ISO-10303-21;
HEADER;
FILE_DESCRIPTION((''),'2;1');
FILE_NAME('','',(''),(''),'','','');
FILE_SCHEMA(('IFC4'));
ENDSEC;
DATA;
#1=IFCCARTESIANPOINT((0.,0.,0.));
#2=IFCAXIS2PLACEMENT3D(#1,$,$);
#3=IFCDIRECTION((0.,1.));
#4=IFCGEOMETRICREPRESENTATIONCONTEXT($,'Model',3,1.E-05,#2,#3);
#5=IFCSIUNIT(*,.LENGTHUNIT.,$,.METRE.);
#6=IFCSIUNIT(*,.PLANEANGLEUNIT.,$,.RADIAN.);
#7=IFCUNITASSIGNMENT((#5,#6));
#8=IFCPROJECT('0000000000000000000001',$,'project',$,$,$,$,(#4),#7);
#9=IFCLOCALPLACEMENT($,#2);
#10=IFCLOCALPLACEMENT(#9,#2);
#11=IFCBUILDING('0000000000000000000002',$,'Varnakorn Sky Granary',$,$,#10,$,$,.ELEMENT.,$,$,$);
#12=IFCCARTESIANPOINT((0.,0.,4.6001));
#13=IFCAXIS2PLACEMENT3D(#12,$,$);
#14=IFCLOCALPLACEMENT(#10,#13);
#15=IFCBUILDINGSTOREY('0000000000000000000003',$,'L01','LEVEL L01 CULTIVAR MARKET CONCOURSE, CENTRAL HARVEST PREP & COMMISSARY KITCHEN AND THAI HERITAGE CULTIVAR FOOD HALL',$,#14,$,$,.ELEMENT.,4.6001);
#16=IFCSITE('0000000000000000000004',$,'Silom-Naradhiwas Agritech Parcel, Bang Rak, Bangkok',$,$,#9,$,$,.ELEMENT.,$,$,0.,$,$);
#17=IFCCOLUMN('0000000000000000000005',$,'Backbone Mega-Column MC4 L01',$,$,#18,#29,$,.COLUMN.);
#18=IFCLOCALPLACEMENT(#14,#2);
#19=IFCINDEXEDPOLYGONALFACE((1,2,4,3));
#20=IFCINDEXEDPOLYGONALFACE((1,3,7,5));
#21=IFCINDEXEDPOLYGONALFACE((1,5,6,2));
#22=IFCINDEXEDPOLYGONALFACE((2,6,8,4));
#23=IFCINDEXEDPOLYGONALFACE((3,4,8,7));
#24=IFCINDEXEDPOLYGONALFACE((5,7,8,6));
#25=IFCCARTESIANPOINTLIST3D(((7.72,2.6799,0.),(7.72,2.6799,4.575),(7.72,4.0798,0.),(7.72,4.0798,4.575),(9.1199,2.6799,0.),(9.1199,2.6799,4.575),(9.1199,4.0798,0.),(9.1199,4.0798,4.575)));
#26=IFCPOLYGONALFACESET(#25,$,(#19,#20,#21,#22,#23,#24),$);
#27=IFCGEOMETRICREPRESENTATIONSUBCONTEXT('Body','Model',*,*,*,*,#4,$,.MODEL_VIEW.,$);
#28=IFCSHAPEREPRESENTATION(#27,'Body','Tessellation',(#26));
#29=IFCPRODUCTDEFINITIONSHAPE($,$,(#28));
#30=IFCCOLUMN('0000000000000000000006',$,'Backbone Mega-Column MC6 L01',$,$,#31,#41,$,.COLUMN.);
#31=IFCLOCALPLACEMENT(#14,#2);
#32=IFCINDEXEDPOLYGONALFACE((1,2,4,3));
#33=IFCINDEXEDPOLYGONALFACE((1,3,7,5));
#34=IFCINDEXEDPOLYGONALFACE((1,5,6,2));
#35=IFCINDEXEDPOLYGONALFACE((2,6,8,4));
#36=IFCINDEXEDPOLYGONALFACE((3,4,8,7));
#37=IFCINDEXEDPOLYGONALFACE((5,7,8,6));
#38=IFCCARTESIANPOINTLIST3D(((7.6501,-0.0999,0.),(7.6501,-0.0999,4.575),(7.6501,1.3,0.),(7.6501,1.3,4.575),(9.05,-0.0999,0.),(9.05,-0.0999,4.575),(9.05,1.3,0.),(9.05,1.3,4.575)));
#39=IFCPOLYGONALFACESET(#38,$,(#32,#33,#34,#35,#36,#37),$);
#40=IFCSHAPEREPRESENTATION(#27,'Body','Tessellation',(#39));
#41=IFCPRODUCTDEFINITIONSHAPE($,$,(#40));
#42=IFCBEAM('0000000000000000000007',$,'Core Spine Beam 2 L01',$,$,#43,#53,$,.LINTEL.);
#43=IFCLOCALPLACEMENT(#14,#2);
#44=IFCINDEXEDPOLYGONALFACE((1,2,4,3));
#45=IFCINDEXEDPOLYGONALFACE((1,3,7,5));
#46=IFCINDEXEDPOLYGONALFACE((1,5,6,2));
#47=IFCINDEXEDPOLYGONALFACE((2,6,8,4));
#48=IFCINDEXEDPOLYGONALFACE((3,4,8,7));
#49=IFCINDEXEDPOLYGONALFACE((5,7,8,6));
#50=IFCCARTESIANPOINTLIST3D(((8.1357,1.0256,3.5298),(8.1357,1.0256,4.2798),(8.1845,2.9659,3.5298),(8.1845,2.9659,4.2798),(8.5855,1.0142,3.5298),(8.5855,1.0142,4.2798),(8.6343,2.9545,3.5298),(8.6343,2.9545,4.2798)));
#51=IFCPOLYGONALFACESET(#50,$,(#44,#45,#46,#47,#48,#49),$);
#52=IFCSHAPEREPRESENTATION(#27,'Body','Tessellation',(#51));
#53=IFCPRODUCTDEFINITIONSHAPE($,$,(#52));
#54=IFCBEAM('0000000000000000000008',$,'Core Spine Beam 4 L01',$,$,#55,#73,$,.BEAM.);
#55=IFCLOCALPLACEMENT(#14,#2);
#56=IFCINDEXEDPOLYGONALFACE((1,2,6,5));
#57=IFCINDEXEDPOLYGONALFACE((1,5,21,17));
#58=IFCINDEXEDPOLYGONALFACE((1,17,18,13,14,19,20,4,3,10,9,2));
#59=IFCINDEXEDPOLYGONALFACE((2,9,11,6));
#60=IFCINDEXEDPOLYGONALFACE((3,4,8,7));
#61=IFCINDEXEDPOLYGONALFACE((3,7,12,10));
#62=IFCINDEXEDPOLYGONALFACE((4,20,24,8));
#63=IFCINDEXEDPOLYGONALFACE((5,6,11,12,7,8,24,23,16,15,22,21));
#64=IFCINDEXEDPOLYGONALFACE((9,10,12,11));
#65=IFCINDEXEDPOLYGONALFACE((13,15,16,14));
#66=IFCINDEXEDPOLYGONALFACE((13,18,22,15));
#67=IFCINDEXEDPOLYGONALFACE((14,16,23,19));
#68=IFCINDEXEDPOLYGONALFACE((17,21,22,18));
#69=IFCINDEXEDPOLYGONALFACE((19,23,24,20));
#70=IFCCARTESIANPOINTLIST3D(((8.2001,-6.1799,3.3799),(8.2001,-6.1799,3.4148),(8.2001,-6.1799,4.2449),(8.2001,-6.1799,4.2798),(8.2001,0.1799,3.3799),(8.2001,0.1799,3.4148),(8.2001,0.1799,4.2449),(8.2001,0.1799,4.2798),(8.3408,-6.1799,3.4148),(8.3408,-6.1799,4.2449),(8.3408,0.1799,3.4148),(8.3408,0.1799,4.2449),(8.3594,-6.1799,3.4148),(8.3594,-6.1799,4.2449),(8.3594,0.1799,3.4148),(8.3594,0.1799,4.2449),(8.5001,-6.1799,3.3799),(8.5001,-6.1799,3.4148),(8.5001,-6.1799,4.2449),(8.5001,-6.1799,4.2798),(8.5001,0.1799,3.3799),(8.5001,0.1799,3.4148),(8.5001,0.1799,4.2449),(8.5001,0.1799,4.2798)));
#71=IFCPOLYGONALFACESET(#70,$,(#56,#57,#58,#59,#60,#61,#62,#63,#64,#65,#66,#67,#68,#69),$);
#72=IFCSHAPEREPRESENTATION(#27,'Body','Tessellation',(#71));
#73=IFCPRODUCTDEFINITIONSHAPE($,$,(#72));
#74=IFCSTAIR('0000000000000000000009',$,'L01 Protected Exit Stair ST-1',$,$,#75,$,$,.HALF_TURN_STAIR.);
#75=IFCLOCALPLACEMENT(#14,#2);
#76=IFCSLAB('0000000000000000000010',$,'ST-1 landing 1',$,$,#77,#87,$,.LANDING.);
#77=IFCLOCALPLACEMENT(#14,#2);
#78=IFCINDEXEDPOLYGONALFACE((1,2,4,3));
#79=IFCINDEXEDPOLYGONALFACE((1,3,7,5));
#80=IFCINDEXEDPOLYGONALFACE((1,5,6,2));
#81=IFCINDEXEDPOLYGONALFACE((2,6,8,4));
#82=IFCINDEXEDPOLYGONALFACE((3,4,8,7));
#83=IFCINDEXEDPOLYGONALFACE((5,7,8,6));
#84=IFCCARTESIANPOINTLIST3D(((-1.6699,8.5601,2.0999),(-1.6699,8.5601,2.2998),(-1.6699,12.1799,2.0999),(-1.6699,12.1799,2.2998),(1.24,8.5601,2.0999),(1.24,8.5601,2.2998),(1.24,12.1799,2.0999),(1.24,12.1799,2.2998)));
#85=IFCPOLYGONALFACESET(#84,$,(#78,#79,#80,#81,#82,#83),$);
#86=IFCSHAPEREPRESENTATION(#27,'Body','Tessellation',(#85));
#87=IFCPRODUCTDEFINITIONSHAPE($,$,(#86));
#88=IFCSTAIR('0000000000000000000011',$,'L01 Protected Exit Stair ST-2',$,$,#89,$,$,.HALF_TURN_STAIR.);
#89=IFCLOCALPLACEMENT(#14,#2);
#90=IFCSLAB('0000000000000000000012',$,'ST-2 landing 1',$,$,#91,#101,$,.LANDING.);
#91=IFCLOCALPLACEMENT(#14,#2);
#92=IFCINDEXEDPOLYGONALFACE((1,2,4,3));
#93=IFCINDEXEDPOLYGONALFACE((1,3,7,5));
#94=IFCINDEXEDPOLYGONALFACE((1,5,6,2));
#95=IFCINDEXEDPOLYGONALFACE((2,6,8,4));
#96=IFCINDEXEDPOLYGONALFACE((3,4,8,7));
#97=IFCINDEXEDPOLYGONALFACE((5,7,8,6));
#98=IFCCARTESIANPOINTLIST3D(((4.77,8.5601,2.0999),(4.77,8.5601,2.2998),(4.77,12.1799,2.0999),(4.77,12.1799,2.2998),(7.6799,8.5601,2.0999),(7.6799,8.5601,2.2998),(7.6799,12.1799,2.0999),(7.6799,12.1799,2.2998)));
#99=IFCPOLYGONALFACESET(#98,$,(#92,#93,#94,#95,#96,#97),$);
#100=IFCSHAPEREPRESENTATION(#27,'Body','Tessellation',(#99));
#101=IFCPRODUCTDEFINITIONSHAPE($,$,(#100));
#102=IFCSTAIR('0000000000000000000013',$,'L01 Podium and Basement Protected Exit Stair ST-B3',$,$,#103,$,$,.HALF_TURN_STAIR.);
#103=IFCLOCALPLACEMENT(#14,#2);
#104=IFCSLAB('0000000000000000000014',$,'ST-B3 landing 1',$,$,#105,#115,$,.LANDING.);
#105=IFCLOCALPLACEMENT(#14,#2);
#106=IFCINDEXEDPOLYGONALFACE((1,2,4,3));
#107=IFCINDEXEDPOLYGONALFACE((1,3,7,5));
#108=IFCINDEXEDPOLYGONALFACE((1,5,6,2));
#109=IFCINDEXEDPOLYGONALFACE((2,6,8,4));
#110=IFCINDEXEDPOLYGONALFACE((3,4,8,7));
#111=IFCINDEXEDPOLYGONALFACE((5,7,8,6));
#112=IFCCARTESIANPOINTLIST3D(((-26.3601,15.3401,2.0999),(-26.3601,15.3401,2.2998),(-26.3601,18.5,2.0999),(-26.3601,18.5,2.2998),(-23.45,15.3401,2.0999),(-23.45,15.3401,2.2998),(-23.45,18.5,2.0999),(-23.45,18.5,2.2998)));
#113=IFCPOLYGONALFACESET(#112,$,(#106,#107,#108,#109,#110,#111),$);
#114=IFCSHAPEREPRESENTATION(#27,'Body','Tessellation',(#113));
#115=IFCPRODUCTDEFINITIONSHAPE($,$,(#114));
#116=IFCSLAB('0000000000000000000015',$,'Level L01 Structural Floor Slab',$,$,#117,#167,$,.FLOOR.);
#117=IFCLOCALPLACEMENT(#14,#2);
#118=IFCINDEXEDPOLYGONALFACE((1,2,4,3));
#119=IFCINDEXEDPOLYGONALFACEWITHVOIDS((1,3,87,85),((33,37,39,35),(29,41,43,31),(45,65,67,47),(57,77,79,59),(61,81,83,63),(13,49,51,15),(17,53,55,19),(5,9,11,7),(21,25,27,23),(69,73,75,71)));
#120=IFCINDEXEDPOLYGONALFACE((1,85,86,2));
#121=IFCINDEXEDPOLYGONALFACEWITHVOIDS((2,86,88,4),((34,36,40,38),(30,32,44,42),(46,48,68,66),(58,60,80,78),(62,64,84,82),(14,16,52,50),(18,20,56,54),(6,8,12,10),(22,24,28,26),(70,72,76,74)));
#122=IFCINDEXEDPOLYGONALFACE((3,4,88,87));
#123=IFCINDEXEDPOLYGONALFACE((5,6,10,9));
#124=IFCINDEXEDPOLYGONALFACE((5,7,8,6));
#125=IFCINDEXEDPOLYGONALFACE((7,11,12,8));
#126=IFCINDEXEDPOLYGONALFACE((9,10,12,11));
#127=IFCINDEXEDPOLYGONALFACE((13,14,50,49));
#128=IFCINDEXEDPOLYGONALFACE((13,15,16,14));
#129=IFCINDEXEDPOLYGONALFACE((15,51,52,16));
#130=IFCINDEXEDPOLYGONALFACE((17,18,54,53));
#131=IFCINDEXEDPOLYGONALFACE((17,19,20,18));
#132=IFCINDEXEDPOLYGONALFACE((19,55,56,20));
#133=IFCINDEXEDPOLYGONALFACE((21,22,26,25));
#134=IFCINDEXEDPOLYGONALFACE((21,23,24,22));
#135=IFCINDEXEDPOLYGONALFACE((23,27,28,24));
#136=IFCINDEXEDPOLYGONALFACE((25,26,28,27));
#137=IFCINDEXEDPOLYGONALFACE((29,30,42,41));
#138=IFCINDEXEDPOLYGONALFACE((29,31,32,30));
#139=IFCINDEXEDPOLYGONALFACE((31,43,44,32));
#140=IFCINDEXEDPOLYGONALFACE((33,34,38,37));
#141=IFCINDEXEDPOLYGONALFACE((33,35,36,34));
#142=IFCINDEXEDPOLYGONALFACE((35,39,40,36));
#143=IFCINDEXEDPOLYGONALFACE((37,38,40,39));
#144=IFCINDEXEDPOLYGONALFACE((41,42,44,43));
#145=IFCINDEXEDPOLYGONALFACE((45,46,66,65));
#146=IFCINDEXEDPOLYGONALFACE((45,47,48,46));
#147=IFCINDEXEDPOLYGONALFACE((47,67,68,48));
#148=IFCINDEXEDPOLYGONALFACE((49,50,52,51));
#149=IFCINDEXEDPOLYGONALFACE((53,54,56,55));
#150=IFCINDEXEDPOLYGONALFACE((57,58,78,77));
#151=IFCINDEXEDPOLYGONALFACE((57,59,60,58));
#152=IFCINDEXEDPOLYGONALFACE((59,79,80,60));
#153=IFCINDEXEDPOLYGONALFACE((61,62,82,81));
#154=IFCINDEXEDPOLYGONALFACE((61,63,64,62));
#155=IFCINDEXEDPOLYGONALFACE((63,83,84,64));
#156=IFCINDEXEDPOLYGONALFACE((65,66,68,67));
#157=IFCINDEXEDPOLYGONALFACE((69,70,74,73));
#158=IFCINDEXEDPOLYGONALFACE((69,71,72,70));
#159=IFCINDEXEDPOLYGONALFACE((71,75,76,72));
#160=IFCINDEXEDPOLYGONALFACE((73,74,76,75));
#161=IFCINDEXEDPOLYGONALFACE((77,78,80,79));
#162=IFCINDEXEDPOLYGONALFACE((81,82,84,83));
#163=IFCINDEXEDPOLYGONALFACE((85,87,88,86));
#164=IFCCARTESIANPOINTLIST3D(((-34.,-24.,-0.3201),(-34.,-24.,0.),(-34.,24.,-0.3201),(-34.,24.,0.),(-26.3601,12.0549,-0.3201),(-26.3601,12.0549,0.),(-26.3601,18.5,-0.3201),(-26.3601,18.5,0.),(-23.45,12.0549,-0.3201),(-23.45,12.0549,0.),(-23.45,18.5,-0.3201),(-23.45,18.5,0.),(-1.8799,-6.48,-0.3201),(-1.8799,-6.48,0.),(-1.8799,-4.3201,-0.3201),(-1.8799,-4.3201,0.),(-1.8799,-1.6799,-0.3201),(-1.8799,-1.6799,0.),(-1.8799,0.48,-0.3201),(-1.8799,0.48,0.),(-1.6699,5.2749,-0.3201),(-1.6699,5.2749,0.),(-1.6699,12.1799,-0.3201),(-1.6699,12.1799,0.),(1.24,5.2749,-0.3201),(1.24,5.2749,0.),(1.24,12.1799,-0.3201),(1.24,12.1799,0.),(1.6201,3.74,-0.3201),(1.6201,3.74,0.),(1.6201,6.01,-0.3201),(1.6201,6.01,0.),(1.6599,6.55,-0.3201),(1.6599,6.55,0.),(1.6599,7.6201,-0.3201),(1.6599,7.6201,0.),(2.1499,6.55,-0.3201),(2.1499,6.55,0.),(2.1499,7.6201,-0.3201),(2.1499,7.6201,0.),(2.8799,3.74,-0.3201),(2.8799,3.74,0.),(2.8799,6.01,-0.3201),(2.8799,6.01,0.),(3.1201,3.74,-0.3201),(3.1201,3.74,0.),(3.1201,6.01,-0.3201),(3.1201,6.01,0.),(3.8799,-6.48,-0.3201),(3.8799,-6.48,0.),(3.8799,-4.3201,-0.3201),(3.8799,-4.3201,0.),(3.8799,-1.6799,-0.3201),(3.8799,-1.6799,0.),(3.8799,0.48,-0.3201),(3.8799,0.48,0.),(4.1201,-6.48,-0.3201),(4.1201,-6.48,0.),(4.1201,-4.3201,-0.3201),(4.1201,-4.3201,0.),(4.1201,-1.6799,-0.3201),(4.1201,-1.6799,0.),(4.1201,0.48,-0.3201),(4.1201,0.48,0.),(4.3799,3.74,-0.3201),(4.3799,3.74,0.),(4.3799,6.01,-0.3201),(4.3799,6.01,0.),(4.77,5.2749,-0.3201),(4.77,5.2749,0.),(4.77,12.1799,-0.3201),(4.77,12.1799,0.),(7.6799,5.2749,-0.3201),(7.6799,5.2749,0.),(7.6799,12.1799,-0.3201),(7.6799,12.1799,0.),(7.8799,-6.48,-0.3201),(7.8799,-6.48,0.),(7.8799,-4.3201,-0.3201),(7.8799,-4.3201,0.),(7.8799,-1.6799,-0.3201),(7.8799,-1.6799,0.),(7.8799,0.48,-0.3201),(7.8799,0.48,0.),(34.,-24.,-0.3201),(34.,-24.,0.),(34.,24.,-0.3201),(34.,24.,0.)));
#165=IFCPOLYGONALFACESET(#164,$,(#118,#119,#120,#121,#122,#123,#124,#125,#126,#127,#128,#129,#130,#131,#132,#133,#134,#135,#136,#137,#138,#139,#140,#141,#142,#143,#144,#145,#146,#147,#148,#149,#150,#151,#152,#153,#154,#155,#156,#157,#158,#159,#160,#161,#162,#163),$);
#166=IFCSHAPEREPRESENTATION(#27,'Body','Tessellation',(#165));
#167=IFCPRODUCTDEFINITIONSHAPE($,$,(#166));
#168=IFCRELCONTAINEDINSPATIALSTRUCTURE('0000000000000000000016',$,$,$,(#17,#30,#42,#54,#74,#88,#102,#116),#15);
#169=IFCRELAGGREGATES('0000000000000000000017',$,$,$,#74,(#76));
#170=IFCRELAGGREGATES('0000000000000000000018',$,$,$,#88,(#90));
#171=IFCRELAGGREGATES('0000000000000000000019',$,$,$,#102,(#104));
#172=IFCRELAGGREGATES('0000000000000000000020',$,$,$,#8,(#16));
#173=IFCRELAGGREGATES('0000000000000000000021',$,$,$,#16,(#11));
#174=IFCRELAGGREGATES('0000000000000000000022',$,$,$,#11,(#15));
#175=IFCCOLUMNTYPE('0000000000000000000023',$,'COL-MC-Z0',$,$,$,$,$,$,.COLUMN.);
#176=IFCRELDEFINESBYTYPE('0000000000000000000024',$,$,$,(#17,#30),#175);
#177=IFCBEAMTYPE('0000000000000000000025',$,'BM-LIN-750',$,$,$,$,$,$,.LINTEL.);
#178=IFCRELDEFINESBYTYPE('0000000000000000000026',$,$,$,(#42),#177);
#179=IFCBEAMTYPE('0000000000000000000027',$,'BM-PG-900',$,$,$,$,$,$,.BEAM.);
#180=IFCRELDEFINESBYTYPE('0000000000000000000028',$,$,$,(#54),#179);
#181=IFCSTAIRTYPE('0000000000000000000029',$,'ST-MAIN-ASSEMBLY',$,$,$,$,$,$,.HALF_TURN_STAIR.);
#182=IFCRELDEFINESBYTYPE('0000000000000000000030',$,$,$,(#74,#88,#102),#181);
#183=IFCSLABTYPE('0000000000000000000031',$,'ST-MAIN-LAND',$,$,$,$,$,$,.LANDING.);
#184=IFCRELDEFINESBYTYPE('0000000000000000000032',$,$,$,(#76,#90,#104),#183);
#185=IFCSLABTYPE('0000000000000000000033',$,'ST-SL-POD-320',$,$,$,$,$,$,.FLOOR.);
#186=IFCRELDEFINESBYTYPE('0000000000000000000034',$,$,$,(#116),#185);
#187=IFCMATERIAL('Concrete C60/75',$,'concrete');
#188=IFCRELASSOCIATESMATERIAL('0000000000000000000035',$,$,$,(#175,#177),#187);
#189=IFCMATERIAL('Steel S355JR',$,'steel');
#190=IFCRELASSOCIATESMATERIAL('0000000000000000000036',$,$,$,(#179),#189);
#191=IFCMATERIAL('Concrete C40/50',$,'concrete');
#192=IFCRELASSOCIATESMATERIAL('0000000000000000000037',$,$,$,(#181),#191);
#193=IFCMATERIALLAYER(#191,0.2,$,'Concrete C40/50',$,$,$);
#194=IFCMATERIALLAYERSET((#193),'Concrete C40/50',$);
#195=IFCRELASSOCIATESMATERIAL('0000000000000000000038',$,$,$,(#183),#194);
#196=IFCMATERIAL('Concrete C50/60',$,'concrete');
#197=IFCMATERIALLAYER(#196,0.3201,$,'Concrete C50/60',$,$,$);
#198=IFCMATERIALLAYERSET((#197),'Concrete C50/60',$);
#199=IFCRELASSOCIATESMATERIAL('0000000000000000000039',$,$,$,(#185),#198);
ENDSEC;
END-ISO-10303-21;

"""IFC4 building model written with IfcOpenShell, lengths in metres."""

from ifc_helpers import new_model, si_unit, direction, frame, origin, origin_2d, place, context, subcontext, project, spatial, polyline, rectangle, i_section, outline, extrude, material, layer, layer_set, material_profile, profile_set, type_object, element, aggregate, save


model = new_model("IFC4")

# Units and contexts
model_context = context("Model", 3, precision=1e-05, world=origin(), true_north=direction((0.0, 1.0)))
body_context = subcontext(model_context, "Body", "Model", "MODEL_VIEW")
ifc_project = project(units=[si_unit("LENGTHUNIT", "METRE"), si_unit("PLANEANGLEUNIT", "RADIAN")], contexts=[model_context])

# Site, building, storey
site_placement = place(None, origin())
site = spatial("IfcSite", under=ifc_project, at=site_placement, Name="Silom-Naradhiwas Agritech Parcel, Bang Rak, Bangkok", CompositionType="ELEMENT", RefElevation=0.0)
building_placement = place(site_placement, origin())
building = spatial("IfcBuilding", under=site, at=building_placement, Name="Varnakorn Sky Granary", CompositionType="ELEMENT")
storey_placement = place(building_placement, frame((0.0, 0.0, 4.6001)))
storey = spatial("IfcBuildingStorey", under=building, at=storey_placement, Name="L01", Description="LEVEL L01 CULTIVAR MARKET CONCOURSE, CENTRAL HARVEST PREP & COMMISSARY KITCHEN AND THAI HERITAGE CULTIVAR FOOD HALL", CompositionType="ELEMENT", Elevation=4.6001)

# Columns
ifc_material_1 = material(Name="Concrete C60/75", Category="concrete")
ifc_material_profile_1 = material_profile(ifc_material_1, rectangle(XDim=1.3999, YDim=1.3999, at=origin_2d()), Name="RC 1400x1400")
ifc_profile_set_1 = profile_set([ifc_material_profile_1], Name="Concrete C60/75")
column_type = type_object("IfcColumnType", Name="COL-MC-Z0", PredefinedType="COLUMN", material=ifc_profile_set_1)
for number, where, z_axis, x_axis, name in (
    (1, (8.4199, 3.3799, 0.0), (0.0, 0.0, 1.0), (1.0, 0.0, 0.0), "Backbone Mega-Column MC4 L01"),
    (2, (8.3501, 0.6001, 0.0), (0.0, 0.0, 1.0), (1.0, 0.0, 0.0), "Backbone Mega-Column MC6 L01"),
):
    element("IfcColumn", number, at=place(storey_placement, frame(where, z_axis=z_axis, x_axis=x_axis)), inside=storey, type_object=column_type, Name=name, PredefinedType="COLUMN", context=body_context, shape_type="SweptSolid", body=[
        extrude(rectangle(XDim=1.3999, YDim=1.3999, at=origin_2d()), origin(), (0.0, 0.0, 1.0), 4.575),
    ])

# Beams
ifc_material_profile_2 = material_profile(ifc_material_1, rectangle(XDim=0.45, YDim=0.75, at=origin_2d()), Name="RC 450x750")
ifc_profile_set_2 = profile_set([ifc_material_profile_2], Name="Concrete C60/75")
beam_type_1 = type_object("IfcBeamType", Name="BM-LIN-750", PredefinedType="LINTEL", material=ifc_profile_set_2)
beam_1_placement = place(storey_placement, frame((8.4094, 2.9602, 3.9048), z_axis=(-0.025159, -0.999683, 0.0), x_axis=(0.999683, -0.025159, 0.0)))
element("IfcBeam", 3, at=beam_1_placement, inside=storey, type_object=beam_type_1, Name="Core Spine Beam 2 L01", PredefinedType="LINTEL", context=body_context, shape_type="SweptSolid", body=[
    extrude(rectangle(XDim=0.45, YDim=0.75, at=origin_2d()), origin(), (0.0, 0.0, 1.0), 1.9409),
])
ifc_material_2 = material(Name="Steel S355JR", Category="steel")
ifc_material_profile_3 = material_profile(ifc_material_2, i_section(OverallWidth=0.3, OverallDepth=0.8999, WebThickness=0.0186, FlangeThickness=0.0349, at=origin_2d()), Name="HE 900 B")
ifc_profile_set_3 = profile_set([ifc_material_profile_3], Name="Steel S355JR")
beam_type_2 = type_object("IfcBeamType", Name="BM-PG-900", PredefinedType="BEAM", material=ifc_profile_set_3)
beam_2_placement = place(storey_placement, frame((8.3501, 0.1799, 3.8298), z_axis=(0.0, -1.0, 0.0), x_axis=(1.0, 0.0, 0.0)))
element("IfcBeam", 4, at=beam_2_placement, inside=storey, type_object=beam_type_2, Name="Core Spine Beam 4 L01", PredefinedType="BEAM", context=body_context, shape_type="SweptSolid", body=[
    extrude(i_section(OverallWidth=0.3, OverallDepth=0.8999, WebThickness=0.0186, FlangeThickness=0.0349, at=origin_2d()), origin(), (0.0, 0.0, 1.0), 6.3599),
])

# Stairs, slabs
ifc_material_3 = material(Name="Concrete C40/50", Category="concrete")
stair_type = type_object("IfcStairType", Name="ST-MAIN-ASSEMBLY", PredefinedType="HALF_TURN_STAIR", material=ifc_material_3)
stair_1_placement = place(storey_placement, origin())
stair_1 = element("IfcStair", 5, at=stair_1_placement, inside=storey, type_object=stair_type, Name="L01 Protected Exit Stair ST-1", PredefinedType="HALF_TURN_STAIR")
ifc_layer_1 = layer(ifc_material_3, 0.2, Name="Concrete C40/50")
ifc_layer_set_1 = layer_set([ifc_layer_1], Name="Concrete C40/50")
slab_type_1 = type_object("IfcSlabType", Name="ST-MAIN-LAND", PredefinedType="LANDING", material=ifc_layer_set_1)
slab_1_placement = place(storey_placement, frame((0.0, 0.0, 2.0999)))
slab_1 = element("IfcSlab", 6, at=slab_1_placement, type_object=slab_type_1, Name="ST-1 landing 1", PredefinedType="LANDING", context=body_context, shape_type="SweptSolid", body=[
    extrude(outline(polyline([(1.24, 8.5601), (1.24, 12.1799), (-1.6699, 12.1799), (-1.6699, 8.5601), (1.24, 8.5601)])), origin(), (0.0, 0.0, 1.0), 0.2),
])
aggregate(stair_1, [slab_1])
stair_2_placement = place(storey_placement, origin())
stair_2 = element("IfcStair", 7, at=stair_2_placement, inside=storey, type_object=stair_type, Name="L01 Protected Exit Stair ST-2", PredefinedType="HALF_TURN_STAIR")
slab_2_placement = place(storey_placement, frame((0.0, 0.0, 2.0999)))
slab_2 = element("IfcSlab", 8, at=slab_2_placement, type_object=slab_type_1, Name="ST-2 landing 1", PredefinedType="LANDING", context=body_context, shape_type="SweptSolid", body=[
    extrude(outline(polyline([(7.6799, 8.5601), (7.6799, 12.1799), (4.77, 12.1799), (4.77, 8.5601), (7.6799, 8.5601)])), origin(), (0.0, 0.0, 1.0), 0.2),
])
aggregate(stair_2, [slab_2])
stair_3_placement = place(storey_placement, origin())
stair_3 = element("IfcStair", 9, at=stair_3_placement, inside=storey, type_object=stair_type, Name="L01 Podium and Basement Protected Exit Stair ST-B3", PredefinedType="HALF_TURN_STAIR")
slab_3_placement = place(storey_placement, frame((0.0, 0.0, 2.0999)))
slab_3 = element("IfcSlab", 10, at=slab_3_placement, type_object=slab_type_1, Name="ST-B3 landing 1", PredefinedType="LANDING", context=body_context, shape_type="SweptSolid", body=[
    extrude(outline(polyline([(-23.45, 15.3401), (-23.45, 18.5), (-26.3601, 18.5), (-26.3601, 15.3401), (-23.45, 15.3401)])), origin(), (0.0, 0.0, 1.0), 0.2),
])
aggregate(stair_3, [slab_3])

# Slab
ifc_material_4 = material(Name="Concrete C50/60", Category="concrete")
ifc_layer_2 = layer(ifc_material_4, 0.3201, Name="Concrete C50/60")
ifc_layer_set_2 = layer_set([ifc_layer_2], Name="Concrete C50/60")
slab_type_2 = type_object("IfcSlabType", Name="ST-SL-POD-320", PredefinedType="FLOOR", material=ifc_layer_set_2)
slab_4_placement = place(storey_placement, frame((0.0, 0.0, -0.3201)))
element("IfcSlab", 11, at=slab_4_placement, inside=storey, type_object=slab_type_2, Name="Level L01 Structural Floor Slab", PredefinedType="FLOOR", context=body_context, shape_type="SweptSolid", body=[
    extrude(outline(polyline([(-34.0, -24.0), (34.0, -24.0), (34.0, 24.0), (-34.0, 24.0), (-34.0, -24.0)]), holes=[polyline([(1.24, 5.2749), (1.24, 12.1799), (-1.6699, 12.1799), (-1.6699, 5.2749), (1.24, 5.2749)]), polyline([(7.6799, 5.2749), (7.6799, 12.1799), (4.77, 12.1799), (4.77, 5.2749), (7.6799, 5.2749)]), polyline([(-23.45, 12.0549), (-23.45, 18.5), (-26.3601, 18.5), (-26.3601, 12.0549), (-23.45, 12.0549)]), polyline([(1.6599, 6.55), (2.1499, 6.55), (2.1499, 7.6201), (1.6599, 7.6201), (1.6599, 6.55)]), polyline([(1.6201, 3.74), (2.8799, 3.74), (2.8799, 6.01), (1.6201, 6.01), (1.6201, 3.74)]), polyline([(3.1201, 3.74), (4.3799, 3.74), (4.3799, 6.01), (3.1201, 6.01), (3.1201, 3.74)]), polyline([(-1.8799, -1.6799), (3.8799, -1.6799), (3.8799, 0.48), (-1.8799, 0.48), (-1.8799, -1.6799)]), polyline([(4.1201, -1.6799), (7.8799, -1.6799), (7.8799, 0.48), (4.1201, 0.48), (4.1201, -1.6799)]), polyline([(-1.8799, -6.48), (3.8799, -6.48), (3.8799, -4.3201), (-1.8799, -4.3201), (-1.8799, -6.48)]), polyline([(4.1201, -6.48), (7.8799, -6.48), (7.8799, -4.3201), (4.1201, -4.3201), (4.1201, -6.48)])]), origin(), (0.0, 0.0, 1.0), 0.3201),
])

save(model, "model.ifc")
